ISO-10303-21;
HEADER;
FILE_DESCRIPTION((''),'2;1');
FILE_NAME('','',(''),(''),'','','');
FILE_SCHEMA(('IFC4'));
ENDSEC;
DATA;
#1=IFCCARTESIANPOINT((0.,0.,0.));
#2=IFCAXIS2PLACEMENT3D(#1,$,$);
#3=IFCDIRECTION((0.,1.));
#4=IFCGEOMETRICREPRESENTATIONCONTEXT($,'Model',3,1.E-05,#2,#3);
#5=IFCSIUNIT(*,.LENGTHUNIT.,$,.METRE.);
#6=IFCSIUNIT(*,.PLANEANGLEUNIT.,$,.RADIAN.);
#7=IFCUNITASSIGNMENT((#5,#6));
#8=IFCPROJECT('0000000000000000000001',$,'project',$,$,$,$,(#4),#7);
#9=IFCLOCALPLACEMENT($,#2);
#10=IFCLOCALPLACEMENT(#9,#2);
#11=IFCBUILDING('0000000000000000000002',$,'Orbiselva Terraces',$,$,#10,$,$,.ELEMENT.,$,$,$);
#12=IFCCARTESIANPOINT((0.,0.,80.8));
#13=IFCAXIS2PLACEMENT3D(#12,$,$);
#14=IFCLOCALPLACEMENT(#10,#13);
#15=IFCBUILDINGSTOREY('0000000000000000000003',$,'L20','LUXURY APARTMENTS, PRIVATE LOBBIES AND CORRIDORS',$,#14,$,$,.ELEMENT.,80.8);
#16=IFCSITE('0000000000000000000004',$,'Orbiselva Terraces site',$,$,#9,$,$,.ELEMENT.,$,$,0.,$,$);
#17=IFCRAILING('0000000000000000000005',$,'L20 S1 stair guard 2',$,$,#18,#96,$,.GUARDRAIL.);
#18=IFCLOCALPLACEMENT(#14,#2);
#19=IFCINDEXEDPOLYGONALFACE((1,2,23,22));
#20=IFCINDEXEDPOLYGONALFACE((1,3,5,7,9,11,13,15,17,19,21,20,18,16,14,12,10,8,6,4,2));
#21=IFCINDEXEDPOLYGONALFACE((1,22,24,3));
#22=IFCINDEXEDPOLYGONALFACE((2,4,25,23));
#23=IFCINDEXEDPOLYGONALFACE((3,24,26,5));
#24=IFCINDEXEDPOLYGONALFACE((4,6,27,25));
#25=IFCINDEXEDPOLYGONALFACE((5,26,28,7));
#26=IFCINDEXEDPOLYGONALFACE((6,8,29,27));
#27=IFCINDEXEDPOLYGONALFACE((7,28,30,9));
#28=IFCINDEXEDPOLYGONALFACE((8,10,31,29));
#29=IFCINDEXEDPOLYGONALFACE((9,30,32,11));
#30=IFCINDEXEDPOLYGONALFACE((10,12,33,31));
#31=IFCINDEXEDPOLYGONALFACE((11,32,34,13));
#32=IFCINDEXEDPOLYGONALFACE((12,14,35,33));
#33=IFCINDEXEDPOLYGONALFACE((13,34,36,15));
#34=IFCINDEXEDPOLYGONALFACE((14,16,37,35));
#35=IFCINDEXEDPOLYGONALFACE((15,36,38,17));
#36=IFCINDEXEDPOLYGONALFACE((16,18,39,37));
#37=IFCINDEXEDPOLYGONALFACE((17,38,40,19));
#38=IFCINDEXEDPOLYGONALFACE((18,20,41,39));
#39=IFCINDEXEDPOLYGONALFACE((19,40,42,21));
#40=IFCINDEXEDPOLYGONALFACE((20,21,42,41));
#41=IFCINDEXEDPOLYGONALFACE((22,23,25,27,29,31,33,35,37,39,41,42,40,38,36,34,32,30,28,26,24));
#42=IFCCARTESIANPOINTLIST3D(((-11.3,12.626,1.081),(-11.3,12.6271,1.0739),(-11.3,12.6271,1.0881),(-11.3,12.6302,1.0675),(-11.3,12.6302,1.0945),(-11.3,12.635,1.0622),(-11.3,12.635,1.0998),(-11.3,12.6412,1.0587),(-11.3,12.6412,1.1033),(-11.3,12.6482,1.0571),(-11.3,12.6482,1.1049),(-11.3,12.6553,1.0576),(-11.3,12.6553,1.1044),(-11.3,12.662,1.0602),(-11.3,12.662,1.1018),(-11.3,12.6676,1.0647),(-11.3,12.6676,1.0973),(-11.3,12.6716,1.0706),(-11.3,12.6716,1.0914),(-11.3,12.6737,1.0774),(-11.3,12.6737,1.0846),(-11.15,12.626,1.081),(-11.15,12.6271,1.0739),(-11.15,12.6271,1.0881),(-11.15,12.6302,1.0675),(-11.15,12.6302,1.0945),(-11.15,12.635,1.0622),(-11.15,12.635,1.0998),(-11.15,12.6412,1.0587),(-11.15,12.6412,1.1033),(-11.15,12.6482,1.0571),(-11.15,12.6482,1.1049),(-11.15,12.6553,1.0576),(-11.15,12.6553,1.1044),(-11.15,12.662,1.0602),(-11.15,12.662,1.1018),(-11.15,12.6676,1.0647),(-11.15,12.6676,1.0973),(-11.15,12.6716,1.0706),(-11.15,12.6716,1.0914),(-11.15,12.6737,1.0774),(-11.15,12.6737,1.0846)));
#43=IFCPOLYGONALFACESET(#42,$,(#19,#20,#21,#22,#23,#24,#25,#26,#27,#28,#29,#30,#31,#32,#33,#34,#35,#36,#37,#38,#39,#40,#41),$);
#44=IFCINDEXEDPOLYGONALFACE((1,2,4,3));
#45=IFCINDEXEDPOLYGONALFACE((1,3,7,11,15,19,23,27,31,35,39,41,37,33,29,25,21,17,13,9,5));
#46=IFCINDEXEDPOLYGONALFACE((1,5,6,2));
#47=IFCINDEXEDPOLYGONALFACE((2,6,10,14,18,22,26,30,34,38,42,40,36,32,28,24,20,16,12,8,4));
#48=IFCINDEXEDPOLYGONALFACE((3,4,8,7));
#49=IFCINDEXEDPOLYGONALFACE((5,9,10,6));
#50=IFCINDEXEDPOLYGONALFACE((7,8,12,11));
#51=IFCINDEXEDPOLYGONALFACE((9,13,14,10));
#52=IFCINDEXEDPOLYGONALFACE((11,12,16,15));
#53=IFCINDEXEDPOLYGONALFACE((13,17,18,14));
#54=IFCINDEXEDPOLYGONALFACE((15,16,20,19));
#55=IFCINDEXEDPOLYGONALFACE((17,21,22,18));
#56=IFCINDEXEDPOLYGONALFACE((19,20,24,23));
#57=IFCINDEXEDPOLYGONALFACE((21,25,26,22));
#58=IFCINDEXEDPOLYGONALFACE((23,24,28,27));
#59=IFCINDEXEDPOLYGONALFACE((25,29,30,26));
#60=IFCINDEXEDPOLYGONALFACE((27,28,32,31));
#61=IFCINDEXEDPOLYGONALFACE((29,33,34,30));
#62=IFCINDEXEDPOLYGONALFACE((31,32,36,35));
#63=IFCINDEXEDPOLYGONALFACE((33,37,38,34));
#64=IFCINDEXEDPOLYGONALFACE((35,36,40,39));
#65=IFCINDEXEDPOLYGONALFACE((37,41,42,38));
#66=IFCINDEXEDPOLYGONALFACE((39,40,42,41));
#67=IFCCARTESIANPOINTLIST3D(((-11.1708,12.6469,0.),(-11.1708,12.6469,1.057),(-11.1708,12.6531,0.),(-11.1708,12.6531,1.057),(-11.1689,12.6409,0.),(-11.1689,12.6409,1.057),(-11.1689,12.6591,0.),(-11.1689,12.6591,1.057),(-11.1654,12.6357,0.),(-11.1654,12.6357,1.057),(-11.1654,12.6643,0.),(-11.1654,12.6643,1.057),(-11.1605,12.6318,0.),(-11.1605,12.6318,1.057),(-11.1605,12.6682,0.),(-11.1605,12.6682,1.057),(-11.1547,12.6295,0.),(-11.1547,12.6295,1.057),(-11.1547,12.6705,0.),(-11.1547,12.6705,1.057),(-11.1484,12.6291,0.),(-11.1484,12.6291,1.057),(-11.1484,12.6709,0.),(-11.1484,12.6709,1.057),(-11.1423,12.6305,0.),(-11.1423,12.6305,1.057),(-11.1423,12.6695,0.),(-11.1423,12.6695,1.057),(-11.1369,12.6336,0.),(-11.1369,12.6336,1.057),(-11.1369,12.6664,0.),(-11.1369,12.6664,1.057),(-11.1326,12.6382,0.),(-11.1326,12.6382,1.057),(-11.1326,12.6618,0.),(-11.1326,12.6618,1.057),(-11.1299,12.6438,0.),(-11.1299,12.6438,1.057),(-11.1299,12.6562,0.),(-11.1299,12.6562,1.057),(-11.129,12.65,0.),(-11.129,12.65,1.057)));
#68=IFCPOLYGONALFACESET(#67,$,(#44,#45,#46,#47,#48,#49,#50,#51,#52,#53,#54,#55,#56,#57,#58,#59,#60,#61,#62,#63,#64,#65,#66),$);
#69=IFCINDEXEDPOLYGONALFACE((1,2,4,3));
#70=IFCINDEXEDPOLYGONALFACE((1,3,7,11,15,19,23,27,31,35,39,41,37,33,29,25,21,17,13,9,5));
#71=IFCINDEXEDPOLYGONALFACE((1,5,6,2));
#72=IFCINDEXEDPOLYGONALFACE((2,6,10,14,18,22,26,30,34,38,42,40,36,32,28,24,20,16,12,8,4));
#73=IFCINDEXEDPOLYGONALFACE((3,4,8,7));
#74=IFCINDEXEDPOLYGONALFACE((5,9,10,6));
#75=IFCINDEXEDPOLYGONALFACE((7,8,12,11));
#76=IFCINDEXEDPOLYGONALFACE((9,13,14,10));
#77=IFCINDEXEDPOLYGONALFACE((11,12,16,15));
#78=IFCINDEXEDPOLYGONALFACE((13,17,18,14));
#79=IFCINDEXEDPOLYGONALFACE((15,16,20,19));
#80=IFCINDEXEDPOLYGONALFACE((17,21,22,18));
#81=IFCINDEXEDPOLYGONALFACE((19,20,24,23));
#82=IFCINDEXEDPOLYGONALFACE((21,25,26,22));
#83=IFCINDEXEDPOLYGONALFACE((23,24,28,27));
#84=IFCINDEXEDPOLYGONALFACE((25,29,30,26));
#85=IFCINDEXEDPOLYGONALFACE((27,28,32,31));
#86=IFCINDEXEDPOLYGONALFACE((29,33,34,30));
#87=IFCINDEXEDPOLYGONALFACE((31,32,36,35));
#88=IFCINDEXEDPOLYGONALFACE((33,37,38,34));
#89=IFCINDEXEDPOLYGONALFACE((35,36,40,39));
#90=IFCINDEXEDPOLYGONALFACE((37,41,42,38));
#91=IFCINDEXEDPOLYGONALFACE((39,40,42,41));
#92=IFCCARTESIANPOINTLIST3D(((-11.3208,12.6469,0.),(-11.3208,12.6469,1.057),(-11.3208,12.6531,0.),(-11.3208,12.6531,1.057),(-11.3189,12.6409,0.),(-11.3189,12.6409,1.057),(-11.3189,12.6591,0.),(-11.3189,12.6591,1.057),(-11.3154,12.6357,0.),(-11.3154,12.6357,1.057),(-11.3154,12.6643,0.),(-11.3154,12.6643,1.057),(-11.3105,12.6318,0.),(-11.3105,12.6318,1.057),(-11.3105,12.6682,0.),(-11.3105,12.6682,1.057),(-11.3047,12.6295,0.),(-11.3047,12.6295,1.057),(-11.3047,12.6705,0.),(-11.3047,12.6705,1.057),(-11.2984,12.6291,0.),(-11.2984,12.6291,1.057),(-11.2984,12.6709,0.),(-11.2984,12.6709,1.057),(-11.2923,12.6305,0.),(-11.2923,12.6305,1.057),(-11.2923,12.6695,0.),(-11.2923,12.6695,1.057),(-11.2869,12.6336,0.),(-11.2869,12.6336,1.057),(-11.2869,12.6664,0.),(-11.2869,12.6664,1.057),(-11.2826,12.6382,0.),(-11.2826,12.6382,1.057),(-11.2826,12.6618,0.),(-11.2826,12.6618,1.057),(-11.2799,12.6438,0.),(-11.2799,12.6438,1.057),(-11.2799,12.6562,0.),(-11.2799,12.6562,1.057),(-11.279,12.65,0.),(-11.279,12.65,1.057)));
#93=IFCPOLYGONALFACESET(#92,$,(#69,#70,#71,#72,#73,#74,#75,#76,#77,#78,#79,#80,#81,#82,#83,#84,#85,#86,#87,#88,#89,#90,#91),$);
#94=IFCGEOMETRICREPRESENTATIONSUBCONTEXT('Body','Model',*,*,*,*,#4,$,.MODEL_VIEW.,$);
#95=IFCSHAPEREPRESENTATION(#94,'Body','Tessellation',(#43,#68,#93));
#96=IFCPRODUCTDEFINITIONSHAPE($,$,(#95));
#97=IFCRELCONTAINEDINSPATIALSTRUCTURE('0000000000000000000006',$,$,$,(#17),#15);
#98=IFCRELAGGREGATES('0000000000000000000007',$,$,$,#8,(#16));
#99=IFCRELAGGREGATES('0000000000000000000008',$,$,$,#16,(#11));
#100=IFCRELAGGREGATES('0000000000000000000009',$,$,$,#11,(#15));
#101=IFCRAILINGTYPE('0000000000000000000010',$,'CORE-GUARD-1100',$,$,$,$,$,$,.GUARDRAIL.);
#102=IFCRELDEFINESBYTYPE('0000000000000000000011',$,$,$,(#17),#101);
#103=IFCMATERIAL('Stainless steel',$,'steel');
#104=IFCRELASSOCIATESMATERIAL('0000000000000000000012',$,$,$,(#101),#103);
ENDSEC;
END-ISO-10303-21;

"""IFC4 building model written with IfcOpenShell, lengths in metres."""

from ifc_helpers import new_model, si_unit, direction, frame, origin, origin_2d, place, context, subcontext, project, spatial, circle, extrude, material, type_object, element, save


model = new_model("IFC4")

# Units and contexts
model_context = context("Model", 3, precision=1e-05, world=origin(), true_north=direction((0.0, 1.0)))
body_context = subcontext(model_context, "Body", "Model", "MODEL_VIEW")
ifc_project = project(units=[si_unit("LENGTHUNIT", "METRE"), si_unit("PLANEANGLEUNIT", "RADIAN")], contexts=[model_context])

# Site, building, storey
site_placement = place(None, origin())
site = spatial("IfcSite", under=ifc_project, at=site_placement, Name="Orbiselva Terraces site", CompositionType="ELEMENT", RefElevation=0.0)
building_placement = place(site_placement, origin())
building = spatial("IfcBuilding", under=site, at=building_placement, Name="Orbiselva Terraces", CompositionType="ELEMENT")
storey_placement = place(building_placement, frame((0.0, 0.0, 80.8)))
storey = spatial("IfcBuildingStorey", under=building, at=storey_placement, Name="L20", Description="LUXURY APARTMENTS, PRIVATE LOBBIES AND CORRIDORS", CompositionType="ELEMENT", Elevation=80.8)

# Railing
ifc_material_1 = material(Name="Stainless steel", Category="steel")
railing_type_1 = type_object("IfcRailingType", Name="CORE-GUARD-1100", PredefinedType="GUARDRAIL", material=ifc_material_1)
railing_1_placement = place(storey_placement, frame((-11.15, 12.65, 0.0)))
element("IfcRailing", 1, at=railing_1_placement, inside=storey, type_object=railing_type_1, Name="L20 S1 stair guard 2", PredefinedType="GUARDRAIL", context=body_context, shape_type="SweptSolid", body=[
    extrude(circle(Radius=0.024, at=origin_2d()), frame((0.0, 0.0, 1.081), z_axis=(-1.0, 0.0, 0.0), x_axis=(0.0, -1.0, 0.0)), (0.0, 0.0, 1.0), 0.15),
    extrude(circle(Radius=0.021, at=origin_2d()), origin(), (0.0, 0.0, 1.0), 1.057),
    extrude(circle(Radius=0.021, at=origin_2d()), frame((-0.15, 0.0, 0.0)), (0.0, 0.0, 1.0), 1.057),
])

save(model, "model.ifc")
